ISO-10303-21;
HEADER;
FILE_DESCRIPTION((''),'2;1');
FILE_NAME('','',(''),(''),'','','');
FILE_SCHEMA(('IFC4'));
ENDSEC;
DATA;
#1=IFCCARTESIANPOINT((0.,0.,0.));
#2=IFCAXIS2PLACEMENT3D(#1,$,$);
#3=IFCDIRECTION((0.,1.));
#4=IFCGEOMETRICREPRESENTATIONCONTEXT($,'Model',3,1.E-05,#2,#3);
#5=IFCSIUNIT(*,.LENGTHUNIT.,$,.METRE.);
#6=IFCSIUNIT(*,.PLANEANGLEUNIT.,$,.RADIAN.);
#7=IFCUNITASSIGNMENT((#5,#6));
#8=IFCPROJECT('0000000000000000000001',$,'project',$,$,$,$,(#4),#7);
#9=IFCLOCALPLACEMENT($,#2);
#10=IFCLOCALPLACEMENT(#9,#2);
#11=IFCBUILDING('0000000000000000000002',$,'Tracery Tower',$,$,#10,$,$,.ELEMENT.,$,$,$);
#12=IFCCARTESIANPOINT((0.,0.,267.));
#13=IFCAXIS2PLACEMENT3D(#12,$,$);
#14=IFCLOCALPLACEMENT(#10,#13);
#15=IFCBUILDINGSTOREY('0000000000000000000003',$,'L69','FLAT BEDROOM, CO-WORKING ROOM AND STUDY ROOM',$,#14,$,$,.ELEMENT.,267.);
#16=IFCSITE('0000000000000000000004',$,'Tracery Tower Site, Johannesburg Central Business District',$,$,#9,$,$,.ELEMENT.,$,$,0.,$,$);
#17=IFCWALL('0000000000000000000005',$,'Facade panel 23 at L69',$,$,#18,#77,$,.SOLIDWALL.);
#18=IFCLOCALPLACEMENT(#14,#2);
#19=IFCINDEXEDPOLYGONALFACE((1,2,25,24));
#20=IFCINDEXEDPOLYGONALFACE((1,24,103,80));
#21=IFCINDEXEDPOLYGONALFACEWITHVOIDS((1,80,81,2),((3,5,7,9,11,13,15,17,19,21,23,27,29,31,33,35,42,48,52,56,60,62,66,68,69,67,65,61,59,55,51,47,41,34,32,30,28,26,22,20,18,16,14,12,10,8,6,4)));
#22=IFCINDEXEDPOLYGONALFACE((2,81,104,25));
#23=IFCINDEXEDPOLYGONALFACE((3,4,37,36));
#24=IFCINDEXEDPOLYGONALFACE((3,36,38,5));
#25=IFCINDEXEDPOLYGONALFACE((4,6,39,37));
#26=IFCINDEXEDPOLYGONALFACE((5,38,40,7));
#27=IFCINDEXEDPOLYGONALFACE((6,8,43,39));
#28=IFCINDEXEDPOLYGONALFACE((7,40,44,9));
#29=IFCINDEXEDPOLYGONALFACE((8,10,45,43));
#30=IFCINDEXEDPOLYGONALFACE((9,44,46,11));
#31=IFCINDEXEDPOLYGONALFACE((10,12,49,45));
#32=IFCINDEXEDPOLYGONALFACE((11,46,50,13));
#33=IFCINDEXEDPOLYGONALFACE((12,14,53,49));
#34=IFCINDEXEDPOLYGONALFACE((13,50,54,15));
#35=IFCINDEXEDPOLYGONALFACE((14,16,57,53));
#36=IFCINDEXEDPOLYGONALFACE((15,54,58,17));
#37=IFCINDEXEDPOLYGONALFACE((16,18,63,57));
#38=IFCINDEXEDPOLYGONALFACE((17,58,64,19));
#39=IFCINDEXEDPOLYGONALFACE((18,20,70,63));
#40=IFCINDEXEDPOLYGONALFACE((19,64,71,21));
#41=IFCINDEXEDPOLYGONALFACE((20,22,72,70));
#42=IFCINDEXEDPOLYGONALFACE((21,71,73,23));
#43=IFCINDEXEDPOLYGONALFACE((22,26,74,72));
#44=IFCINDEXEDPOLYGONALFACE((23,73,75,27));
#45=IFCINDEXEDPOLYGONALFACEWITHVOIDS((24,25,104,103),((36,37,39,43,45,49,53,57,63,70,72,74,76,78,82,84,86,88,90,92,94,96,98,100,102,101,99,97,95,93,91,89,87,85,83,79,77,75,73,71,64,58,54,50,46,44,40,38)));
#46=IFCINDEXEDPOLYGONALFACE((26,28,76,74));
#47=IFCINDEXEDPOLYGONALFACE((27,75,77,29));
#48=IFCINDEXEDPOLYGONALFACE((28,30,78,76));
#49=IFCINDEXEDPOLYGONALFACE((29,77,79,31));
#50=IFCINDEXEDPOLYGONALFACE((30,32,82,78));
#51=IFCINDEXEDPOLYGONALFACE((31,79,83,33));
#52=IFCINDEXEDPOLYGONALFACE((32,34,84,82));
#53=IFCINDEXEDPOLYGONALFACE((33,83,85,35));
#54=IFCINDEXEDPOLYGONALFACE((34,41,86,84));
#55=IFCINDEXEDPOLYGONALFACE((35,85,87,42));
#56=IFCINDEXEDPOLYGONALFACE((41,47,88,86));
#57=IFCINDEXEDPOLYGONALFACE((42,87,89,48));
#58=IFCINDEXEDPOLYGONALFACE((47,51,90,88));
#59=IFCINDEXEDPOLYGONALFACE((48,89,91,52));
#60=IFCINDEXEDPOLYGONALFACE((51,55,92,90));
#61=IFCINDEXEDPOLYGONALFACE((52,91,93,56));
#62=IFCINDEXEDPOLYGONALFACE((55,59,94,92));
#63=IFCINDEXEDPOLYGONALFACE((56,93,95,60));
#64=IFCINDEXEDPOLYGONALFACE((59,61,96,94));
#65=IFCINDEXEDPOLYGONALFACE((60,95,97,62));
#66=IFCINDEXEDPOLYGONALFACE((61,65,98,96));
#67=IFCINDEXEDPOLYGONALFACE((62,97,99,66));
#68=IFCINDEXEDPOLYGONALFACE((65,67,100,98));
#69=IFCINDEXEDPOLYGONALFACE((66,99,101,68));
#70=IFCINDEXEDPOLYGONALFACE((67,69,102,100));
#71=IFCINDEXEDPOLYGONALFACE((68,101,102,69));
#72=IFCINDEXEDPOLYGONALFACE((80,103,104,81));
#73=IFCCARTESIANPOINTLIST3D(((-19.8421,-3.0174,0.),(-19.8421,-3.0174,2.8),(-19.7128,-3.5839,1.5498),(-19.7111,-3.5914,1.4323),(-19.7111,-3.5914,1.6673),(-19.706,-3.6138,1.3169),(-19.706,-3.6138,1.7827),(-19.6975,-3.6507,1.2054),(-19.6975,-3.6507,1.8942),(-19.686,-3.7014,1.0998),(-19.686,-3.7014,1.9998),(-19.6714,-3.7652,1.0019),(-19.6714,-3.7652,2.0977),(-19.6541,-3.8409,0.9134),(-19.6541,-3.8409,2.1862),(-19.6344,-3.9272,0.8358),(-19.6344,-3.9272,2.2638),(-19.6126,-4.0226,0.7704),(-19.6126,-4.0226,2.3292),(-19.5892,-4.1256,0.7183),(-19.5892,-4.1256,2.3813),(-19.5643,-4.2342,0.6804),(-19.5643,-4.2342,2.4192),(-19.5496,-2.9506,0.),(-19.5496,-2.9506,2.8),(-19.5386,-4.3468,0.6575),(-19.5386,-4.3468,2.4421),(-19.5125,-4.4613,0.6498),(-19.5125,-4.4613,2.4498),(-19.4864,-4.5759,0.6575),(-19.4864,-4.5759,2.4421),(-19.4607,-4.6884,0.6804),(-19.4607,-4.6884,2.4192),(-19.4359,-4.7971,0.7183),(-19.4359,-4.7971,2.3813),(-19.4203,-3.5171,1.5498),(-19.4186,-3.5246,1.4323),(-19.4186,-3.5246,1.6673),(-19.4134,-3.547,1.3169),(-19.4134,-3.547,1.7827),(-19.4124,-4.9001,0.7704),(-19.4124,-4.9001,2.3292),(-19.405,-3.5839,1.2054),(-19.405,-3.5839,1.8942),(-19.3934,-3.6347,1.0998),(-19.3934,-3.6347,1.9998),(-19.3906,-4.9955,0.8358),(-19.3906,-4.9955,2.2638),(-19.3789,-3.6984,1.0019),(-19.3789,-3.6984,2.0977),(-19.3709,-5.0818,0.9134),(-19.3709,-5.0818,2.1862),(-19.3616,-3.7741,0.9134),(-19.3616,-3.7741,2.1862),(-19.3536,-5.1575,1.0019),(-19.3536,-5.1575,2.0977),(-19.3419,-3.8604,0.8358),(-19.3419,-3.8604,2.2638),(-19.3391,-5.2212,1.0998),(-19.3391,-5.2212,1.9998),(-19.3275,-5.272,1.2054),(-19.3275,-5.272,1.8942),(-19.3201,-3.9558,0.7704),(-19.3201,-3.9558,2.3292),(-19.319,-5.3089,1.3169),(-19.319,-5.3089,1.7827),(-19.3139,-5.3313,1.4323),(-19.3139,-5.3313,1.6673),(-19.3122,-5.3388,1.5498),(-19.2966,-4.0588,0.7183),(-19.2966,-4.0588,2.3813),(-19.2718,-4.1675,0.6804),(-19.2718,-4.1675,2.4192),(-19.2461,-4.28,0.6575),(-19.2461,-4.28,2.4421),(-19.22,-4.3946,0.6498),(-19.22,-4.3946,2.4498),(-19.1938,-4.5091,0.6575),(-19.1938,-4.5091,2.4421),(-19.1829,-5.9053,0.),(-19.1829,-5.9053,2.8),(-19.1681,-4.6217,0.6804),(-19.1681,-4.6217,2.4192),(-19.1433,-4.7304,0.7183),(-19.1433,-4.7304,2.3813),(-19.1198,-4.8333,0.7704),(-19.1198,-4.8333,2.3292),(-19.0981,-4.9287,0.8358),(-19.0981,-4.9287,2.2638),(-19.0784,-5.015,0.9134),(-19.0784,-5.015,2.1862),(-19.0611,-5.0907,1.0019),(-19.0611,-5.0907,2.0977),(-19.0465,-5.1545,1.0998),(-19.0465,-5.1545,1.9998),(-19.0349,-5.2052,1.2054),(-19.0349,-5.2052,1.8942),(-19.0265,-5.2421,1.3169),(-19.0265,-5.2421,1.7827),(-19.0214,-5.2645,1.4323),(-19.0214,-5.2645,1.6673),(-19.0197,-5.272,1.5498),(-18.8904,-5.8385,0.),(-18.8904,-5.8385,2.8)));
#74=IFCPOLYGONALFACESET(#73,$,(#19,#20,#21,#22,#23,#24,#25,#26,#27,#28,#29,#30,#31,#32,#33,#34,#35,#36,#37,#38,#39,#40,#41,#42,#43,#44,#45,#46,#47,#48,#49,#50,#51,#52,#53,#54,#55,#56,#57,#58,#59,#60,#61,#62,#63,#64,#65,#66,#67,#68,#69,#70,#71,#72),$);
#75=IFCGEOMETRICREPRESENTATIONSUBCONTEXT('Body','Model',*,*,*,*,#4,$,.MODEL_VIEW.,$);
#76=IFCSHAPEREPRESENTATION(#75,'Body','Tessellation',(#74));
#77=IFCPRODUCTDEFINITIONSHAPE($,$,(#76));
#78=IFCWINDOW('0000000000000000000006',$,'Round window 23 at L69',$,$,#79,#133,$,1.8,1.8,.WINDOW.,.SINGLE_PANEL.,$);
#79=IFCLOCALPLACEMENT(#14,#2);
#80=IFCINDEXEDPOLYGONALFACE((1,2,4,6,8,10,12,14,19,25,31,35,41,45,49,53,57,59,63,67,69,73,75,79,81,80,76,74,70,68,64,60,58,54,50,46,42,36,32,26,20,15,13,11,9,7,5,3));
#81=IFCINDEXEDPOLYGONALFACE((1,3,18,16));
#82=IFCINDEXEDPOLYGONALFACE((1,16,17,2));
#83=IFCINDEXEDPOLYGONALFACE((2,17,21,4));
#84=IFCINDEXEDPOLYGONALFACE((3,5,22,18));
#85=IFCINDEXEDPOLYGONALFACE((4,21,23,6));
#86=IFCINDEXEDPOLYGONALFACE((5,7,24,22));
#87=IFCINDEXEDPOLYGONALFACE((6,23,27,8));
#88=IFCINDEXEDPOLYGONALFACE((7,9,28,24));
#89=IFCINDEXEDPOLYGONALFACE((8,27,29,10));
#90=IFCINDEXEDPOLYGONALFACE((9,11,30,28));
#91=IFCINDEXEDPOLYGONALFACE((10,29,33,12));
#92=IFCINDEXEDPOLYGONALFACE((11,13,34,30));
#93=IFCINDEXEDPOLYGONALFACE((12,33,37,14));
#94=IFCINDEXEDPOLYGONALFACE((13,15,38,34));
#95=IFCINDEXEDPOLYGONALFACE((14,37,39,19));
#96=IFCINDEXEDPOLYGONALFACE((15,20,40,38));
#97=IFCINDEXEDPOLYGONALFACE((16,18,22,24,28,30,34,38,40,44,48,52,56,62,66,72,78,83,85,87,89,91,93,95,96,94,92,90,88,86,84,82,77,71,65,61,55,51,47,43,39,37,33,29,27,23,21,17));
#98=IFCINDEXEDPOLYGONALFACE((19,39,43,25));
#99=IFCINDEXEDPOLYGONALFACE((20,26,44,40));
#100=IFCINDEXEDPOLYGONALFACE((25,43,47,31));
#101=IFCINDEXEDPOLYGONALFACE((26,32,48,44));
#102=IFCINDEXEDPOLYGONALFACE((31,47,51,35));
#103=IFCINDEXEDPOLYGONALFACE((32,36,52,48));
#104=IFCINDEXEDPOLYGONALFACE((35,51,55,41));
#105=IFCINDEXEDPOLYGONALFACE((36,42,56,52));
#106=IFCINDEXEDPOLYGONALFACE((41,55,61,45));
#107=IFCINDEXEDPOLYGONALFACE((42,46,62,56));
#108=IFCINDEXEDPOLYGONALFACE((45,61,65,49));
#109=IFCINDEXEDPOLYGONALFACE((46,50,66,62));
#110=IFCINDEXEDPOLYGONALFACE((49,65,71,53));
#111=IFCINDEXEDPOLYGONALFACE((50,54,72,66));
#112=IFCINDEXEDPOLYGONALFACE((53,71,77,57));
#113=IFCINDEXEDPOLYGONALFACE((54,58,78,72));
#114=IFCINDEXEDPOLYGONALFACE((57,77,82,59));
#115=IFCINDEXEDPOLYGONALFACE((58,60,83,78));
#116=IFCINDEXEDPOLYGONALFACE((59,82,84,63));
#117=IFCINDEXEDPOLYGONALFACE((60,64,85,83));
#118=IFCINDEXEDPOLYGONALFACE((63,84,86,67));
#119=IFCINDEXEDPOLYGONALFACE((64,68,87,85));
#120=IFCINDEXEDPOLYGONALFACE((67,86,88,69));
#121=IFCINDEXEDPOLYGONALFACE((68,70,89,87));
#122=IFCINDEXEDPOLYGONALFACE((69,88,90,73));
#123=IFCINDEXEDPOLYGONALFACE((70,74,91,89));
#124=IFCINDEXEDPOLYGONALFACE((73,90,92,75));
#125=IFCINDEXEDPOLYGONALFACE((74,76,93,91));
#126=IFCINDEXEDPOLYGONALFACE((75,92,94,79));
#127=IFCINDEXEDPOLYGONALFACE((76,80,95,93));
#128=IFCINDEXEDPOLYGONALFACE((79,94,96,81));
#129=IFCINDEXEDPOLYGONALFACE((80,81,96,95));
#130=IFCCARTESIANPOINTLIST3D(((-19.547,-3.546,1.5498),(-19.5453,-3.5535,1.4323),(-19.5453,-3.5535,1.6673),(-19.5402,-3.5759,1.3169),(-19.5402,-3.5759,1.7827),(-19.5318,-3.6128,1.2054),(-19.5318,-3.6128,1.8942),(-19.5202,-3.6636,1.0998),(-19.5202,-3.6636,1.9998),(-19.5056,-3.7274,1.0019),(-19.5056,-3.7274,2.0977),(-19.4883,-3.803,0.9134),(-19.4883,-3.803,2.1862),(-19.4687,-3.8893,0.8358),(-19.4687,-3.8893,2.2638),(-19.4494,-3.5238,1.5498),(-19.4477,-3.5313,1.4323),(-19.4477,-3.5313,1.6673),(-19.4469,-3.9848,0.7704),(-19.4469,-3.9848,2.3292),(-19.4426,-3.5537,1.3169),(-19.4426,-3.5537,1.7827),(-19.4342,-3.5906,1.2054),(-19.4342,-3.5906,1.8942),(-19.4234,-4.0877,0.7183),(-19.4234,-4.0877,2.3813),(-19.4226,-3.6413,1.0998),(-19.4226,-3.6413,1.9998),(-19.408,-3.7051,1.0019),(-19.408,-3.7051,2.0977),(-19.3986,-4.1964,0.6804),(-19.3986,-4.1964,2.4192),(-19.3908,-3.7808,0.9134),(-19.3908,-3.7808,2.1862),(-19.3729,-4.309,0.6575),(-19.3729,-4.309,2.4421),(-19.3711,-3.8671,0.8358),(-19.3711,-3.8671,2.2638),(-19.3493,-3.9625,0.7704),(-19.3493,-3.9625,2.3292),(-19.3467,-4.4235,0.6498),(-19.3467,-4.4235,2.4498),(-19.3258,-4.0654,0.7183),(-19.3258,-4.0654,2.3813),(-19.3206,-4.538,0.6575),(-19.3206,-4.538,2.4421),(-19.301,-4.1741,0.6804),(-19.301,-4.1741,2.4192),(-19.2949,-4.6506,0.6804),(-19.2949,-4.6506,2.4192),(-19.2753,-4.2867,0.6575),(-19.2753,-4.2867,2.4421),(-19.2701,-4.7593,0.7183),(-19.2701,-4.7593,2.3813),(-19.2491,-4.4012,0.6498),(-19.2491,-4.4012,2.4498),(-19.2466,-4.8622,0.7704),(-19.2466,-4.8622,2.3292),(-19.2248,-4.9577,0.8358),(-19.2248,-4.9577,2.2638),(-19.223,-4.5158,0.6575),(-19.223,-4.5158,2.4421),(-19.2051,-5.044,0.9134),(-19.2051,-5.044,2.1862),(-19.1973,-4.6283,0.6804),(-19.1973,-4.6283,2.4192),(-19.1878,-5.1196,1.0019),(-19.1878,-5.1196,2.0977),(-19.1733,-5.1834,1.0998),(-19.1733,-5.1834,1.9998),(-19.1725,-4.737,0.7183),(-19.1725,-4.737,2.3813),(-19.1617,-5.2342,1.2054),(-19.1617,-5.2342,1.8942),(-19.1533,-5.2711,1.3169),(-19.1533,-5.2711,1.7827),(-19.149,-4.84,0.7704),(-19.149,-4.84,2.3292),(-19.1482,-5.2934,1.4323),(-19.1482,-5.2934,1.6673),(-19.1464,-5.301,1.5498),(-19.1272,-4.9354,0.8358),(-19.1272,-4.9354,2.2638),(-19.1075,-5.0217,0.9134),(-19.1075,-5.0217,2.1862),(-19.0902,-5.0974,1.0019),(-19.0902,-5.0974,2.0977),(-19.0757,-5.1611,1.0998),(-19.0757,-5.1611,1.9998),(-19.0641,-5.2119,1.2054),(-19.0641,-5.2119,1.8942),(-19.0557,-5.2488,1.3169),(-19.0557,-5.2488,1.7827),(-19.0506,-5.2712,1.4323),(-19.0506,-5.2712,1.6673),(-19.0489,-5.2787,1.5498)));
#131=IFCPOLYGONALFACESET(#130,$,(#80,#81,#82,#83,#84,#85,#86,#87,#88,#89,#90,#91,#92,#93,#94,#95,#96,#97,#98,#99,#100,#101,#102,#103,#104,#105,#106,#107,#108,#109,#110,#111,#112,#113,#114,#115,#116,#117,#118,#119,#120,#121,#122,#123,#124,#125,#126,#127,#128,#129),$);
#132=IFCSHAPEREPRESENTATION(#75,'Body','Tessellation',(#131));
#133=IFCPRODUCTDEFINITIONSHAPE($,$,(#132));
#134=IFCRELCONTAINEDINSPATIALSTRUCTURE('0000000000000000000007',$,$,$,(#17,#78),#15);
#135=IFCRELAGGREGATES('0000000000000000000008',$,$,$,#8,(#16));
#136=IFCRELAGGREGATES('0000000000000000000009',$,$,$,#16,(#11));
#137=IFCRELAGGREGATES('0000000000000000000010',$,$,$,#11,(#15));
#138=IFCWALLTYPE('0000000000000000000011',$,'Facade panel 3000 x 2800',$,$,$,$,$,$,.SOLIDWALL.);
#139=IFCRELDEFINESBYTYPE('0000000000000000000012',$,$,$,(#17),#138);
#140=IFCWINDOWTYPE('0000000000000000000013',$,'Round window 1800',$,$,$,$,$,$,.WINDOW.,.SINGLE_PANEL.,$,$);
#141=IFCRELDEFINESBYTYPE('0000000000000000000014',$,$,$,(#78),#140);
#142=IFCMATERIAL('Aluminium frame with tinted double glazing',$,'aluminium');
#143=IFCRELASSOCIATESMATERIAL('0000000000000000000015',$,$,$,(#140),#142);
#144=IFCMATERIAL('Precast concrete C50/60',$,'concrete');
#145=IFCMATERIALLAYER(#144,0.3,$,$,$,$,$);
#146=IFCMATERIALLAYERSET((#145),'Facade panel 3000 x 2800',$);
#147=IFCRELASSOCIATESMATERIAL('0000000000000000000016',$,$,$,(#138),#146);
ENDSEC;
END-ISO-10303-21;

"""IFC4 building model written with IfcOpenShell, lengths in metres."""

from ifc_helpers import new_model, si_unit, direction, frame, frame_2d, origin, origin_2d, place, context, subcontext, project, spatial, rectangle, circle, extrude, material, layer, layer_set, type_object, element, fill, save


model = new_model("IFC4")

# Units and contexts
model_context = context("Model", 3, precision=1e-05, world=origin(), true_north=direction((0.0, 1.0)))
body_context = subcontext(model_context, "Body", "Model", "MODEL_VIEW")
ifc_project = project(units=[si_unit("LENGTHUNIT", "METRE"), si_unit("PLANEANGLEUNIT", "RADIAN")], contexts=[model_context])

# Site, building, storey
site_placement = place(None, origin())
site = spatial("IfcSite", under=ifc_project, at=site_placement, Name="Tracery Tower Site, Johannesburg Central Business District", CompositionType="ELEMENT", RefElevation=0.0)
building_placement = place(site_placement, origin())
building = spatial("IfcBuilding", under=site, at=building_placement, Name="Tracery Tower", CompositionType="ELEMENT")
storey_placement = place(building_placement, frame((0.0, 0.0, 267.0)))
storey = spatial("IfcBuildingStorey", under=building, at=storey_placement, Name="L69", Description="FLAT BEDROOM, CO-WORKING ROOM AND STUDY ROOM", CompositionType="ELEMENT", Elevation=267.0)

# Wall, opening, window
ifc_material_1 = material(Name="Aluminium frame with tinted double glazing", Category="aluminium")
window_type = type_object("IfcWindowType", Name="Round window 1800", PartitioningType="SINGLE_PANEL", PredefinedType="WINDOW", material=ifc_material_1)
ifc_material_2 = material(Name="Precast concrete C50/60", Category="concrete")
ifc_layer_1 = layer(ifc_material_2, 0.3)
ifc_layer_set_1 = layer_set([ifc_layer_1], Name="Facade panel 3000 x 2800")
wall_type_1 = type_object("IfcWallType", Name="Facade panel 3000 x 2800", PredefinedType="SOLIDWALL", material=ifc_layer_set_1)
wall_1_placement = place(storey_placement, frame((-19.6958, -2.9841, 0.0), z_axis=(0.0, 0.0, 1.0), x_axis=(0.222529, -0.974926, 0.0)))
wall_1 = element("IfcWall", 1, at=wall_1_placement, inside=storey, type_object=wall_type_1, Name="Facade panel 23 at L69", PredefinedType="SOLIDWALL", context=body_context, shape_type="SweptSolid", body=[
    extrude(rectangle(XDim=2.9622, YDim=0.3, at=frame_2d((1.481, 0.0))), origin(), (0.0, 0.0, 1.0), 2.8),
])
opening_1_placement = place(wall_1_placement, frame((1.481, 0.0, 1.5498)))
opening_1 = element("IfcOpeningElement", 2, at=opening_1_placement, cuts=wall_1, PredefinedType="OPENING", context=body_context, shape_type="SweptSolid", body=[
    extrude(circle(Radius=0.9, at=origin_2d()), frame((0.0, 0.1599, 0.0), z_axis=(0.0, -1.0, 0.0), x_axis=(1.0, 0.0, 0.0)), (0.0, 0.0, 1.0), 0.3201),
])
window_1_placement = place(opening_1_placement, origin())
window_1 = element("IfcWindow", 3, at=window_1_placement, inside=storey, type_object=window_type, Name="Round window 23 at L69", OverallHeight=1.8, OverallWidth=1.8, PartitioningType="SINGLE_PANEL", PredefinedType="WINDOW", context=body_context, shape_type="SweptSolid", body=[
    extrude(circle(Radius=0.9, at=origin_2d()), frame((0.0, 0.1201, 0.0), z_axis=(0.0, -1.0, 0.0), x_axis=(1.0, 0.0, 0.0)), (0.0, 0.0, 1.0), 0.1001),
])
fill(opening_1, window_1)

save(model, "model.ifc")
